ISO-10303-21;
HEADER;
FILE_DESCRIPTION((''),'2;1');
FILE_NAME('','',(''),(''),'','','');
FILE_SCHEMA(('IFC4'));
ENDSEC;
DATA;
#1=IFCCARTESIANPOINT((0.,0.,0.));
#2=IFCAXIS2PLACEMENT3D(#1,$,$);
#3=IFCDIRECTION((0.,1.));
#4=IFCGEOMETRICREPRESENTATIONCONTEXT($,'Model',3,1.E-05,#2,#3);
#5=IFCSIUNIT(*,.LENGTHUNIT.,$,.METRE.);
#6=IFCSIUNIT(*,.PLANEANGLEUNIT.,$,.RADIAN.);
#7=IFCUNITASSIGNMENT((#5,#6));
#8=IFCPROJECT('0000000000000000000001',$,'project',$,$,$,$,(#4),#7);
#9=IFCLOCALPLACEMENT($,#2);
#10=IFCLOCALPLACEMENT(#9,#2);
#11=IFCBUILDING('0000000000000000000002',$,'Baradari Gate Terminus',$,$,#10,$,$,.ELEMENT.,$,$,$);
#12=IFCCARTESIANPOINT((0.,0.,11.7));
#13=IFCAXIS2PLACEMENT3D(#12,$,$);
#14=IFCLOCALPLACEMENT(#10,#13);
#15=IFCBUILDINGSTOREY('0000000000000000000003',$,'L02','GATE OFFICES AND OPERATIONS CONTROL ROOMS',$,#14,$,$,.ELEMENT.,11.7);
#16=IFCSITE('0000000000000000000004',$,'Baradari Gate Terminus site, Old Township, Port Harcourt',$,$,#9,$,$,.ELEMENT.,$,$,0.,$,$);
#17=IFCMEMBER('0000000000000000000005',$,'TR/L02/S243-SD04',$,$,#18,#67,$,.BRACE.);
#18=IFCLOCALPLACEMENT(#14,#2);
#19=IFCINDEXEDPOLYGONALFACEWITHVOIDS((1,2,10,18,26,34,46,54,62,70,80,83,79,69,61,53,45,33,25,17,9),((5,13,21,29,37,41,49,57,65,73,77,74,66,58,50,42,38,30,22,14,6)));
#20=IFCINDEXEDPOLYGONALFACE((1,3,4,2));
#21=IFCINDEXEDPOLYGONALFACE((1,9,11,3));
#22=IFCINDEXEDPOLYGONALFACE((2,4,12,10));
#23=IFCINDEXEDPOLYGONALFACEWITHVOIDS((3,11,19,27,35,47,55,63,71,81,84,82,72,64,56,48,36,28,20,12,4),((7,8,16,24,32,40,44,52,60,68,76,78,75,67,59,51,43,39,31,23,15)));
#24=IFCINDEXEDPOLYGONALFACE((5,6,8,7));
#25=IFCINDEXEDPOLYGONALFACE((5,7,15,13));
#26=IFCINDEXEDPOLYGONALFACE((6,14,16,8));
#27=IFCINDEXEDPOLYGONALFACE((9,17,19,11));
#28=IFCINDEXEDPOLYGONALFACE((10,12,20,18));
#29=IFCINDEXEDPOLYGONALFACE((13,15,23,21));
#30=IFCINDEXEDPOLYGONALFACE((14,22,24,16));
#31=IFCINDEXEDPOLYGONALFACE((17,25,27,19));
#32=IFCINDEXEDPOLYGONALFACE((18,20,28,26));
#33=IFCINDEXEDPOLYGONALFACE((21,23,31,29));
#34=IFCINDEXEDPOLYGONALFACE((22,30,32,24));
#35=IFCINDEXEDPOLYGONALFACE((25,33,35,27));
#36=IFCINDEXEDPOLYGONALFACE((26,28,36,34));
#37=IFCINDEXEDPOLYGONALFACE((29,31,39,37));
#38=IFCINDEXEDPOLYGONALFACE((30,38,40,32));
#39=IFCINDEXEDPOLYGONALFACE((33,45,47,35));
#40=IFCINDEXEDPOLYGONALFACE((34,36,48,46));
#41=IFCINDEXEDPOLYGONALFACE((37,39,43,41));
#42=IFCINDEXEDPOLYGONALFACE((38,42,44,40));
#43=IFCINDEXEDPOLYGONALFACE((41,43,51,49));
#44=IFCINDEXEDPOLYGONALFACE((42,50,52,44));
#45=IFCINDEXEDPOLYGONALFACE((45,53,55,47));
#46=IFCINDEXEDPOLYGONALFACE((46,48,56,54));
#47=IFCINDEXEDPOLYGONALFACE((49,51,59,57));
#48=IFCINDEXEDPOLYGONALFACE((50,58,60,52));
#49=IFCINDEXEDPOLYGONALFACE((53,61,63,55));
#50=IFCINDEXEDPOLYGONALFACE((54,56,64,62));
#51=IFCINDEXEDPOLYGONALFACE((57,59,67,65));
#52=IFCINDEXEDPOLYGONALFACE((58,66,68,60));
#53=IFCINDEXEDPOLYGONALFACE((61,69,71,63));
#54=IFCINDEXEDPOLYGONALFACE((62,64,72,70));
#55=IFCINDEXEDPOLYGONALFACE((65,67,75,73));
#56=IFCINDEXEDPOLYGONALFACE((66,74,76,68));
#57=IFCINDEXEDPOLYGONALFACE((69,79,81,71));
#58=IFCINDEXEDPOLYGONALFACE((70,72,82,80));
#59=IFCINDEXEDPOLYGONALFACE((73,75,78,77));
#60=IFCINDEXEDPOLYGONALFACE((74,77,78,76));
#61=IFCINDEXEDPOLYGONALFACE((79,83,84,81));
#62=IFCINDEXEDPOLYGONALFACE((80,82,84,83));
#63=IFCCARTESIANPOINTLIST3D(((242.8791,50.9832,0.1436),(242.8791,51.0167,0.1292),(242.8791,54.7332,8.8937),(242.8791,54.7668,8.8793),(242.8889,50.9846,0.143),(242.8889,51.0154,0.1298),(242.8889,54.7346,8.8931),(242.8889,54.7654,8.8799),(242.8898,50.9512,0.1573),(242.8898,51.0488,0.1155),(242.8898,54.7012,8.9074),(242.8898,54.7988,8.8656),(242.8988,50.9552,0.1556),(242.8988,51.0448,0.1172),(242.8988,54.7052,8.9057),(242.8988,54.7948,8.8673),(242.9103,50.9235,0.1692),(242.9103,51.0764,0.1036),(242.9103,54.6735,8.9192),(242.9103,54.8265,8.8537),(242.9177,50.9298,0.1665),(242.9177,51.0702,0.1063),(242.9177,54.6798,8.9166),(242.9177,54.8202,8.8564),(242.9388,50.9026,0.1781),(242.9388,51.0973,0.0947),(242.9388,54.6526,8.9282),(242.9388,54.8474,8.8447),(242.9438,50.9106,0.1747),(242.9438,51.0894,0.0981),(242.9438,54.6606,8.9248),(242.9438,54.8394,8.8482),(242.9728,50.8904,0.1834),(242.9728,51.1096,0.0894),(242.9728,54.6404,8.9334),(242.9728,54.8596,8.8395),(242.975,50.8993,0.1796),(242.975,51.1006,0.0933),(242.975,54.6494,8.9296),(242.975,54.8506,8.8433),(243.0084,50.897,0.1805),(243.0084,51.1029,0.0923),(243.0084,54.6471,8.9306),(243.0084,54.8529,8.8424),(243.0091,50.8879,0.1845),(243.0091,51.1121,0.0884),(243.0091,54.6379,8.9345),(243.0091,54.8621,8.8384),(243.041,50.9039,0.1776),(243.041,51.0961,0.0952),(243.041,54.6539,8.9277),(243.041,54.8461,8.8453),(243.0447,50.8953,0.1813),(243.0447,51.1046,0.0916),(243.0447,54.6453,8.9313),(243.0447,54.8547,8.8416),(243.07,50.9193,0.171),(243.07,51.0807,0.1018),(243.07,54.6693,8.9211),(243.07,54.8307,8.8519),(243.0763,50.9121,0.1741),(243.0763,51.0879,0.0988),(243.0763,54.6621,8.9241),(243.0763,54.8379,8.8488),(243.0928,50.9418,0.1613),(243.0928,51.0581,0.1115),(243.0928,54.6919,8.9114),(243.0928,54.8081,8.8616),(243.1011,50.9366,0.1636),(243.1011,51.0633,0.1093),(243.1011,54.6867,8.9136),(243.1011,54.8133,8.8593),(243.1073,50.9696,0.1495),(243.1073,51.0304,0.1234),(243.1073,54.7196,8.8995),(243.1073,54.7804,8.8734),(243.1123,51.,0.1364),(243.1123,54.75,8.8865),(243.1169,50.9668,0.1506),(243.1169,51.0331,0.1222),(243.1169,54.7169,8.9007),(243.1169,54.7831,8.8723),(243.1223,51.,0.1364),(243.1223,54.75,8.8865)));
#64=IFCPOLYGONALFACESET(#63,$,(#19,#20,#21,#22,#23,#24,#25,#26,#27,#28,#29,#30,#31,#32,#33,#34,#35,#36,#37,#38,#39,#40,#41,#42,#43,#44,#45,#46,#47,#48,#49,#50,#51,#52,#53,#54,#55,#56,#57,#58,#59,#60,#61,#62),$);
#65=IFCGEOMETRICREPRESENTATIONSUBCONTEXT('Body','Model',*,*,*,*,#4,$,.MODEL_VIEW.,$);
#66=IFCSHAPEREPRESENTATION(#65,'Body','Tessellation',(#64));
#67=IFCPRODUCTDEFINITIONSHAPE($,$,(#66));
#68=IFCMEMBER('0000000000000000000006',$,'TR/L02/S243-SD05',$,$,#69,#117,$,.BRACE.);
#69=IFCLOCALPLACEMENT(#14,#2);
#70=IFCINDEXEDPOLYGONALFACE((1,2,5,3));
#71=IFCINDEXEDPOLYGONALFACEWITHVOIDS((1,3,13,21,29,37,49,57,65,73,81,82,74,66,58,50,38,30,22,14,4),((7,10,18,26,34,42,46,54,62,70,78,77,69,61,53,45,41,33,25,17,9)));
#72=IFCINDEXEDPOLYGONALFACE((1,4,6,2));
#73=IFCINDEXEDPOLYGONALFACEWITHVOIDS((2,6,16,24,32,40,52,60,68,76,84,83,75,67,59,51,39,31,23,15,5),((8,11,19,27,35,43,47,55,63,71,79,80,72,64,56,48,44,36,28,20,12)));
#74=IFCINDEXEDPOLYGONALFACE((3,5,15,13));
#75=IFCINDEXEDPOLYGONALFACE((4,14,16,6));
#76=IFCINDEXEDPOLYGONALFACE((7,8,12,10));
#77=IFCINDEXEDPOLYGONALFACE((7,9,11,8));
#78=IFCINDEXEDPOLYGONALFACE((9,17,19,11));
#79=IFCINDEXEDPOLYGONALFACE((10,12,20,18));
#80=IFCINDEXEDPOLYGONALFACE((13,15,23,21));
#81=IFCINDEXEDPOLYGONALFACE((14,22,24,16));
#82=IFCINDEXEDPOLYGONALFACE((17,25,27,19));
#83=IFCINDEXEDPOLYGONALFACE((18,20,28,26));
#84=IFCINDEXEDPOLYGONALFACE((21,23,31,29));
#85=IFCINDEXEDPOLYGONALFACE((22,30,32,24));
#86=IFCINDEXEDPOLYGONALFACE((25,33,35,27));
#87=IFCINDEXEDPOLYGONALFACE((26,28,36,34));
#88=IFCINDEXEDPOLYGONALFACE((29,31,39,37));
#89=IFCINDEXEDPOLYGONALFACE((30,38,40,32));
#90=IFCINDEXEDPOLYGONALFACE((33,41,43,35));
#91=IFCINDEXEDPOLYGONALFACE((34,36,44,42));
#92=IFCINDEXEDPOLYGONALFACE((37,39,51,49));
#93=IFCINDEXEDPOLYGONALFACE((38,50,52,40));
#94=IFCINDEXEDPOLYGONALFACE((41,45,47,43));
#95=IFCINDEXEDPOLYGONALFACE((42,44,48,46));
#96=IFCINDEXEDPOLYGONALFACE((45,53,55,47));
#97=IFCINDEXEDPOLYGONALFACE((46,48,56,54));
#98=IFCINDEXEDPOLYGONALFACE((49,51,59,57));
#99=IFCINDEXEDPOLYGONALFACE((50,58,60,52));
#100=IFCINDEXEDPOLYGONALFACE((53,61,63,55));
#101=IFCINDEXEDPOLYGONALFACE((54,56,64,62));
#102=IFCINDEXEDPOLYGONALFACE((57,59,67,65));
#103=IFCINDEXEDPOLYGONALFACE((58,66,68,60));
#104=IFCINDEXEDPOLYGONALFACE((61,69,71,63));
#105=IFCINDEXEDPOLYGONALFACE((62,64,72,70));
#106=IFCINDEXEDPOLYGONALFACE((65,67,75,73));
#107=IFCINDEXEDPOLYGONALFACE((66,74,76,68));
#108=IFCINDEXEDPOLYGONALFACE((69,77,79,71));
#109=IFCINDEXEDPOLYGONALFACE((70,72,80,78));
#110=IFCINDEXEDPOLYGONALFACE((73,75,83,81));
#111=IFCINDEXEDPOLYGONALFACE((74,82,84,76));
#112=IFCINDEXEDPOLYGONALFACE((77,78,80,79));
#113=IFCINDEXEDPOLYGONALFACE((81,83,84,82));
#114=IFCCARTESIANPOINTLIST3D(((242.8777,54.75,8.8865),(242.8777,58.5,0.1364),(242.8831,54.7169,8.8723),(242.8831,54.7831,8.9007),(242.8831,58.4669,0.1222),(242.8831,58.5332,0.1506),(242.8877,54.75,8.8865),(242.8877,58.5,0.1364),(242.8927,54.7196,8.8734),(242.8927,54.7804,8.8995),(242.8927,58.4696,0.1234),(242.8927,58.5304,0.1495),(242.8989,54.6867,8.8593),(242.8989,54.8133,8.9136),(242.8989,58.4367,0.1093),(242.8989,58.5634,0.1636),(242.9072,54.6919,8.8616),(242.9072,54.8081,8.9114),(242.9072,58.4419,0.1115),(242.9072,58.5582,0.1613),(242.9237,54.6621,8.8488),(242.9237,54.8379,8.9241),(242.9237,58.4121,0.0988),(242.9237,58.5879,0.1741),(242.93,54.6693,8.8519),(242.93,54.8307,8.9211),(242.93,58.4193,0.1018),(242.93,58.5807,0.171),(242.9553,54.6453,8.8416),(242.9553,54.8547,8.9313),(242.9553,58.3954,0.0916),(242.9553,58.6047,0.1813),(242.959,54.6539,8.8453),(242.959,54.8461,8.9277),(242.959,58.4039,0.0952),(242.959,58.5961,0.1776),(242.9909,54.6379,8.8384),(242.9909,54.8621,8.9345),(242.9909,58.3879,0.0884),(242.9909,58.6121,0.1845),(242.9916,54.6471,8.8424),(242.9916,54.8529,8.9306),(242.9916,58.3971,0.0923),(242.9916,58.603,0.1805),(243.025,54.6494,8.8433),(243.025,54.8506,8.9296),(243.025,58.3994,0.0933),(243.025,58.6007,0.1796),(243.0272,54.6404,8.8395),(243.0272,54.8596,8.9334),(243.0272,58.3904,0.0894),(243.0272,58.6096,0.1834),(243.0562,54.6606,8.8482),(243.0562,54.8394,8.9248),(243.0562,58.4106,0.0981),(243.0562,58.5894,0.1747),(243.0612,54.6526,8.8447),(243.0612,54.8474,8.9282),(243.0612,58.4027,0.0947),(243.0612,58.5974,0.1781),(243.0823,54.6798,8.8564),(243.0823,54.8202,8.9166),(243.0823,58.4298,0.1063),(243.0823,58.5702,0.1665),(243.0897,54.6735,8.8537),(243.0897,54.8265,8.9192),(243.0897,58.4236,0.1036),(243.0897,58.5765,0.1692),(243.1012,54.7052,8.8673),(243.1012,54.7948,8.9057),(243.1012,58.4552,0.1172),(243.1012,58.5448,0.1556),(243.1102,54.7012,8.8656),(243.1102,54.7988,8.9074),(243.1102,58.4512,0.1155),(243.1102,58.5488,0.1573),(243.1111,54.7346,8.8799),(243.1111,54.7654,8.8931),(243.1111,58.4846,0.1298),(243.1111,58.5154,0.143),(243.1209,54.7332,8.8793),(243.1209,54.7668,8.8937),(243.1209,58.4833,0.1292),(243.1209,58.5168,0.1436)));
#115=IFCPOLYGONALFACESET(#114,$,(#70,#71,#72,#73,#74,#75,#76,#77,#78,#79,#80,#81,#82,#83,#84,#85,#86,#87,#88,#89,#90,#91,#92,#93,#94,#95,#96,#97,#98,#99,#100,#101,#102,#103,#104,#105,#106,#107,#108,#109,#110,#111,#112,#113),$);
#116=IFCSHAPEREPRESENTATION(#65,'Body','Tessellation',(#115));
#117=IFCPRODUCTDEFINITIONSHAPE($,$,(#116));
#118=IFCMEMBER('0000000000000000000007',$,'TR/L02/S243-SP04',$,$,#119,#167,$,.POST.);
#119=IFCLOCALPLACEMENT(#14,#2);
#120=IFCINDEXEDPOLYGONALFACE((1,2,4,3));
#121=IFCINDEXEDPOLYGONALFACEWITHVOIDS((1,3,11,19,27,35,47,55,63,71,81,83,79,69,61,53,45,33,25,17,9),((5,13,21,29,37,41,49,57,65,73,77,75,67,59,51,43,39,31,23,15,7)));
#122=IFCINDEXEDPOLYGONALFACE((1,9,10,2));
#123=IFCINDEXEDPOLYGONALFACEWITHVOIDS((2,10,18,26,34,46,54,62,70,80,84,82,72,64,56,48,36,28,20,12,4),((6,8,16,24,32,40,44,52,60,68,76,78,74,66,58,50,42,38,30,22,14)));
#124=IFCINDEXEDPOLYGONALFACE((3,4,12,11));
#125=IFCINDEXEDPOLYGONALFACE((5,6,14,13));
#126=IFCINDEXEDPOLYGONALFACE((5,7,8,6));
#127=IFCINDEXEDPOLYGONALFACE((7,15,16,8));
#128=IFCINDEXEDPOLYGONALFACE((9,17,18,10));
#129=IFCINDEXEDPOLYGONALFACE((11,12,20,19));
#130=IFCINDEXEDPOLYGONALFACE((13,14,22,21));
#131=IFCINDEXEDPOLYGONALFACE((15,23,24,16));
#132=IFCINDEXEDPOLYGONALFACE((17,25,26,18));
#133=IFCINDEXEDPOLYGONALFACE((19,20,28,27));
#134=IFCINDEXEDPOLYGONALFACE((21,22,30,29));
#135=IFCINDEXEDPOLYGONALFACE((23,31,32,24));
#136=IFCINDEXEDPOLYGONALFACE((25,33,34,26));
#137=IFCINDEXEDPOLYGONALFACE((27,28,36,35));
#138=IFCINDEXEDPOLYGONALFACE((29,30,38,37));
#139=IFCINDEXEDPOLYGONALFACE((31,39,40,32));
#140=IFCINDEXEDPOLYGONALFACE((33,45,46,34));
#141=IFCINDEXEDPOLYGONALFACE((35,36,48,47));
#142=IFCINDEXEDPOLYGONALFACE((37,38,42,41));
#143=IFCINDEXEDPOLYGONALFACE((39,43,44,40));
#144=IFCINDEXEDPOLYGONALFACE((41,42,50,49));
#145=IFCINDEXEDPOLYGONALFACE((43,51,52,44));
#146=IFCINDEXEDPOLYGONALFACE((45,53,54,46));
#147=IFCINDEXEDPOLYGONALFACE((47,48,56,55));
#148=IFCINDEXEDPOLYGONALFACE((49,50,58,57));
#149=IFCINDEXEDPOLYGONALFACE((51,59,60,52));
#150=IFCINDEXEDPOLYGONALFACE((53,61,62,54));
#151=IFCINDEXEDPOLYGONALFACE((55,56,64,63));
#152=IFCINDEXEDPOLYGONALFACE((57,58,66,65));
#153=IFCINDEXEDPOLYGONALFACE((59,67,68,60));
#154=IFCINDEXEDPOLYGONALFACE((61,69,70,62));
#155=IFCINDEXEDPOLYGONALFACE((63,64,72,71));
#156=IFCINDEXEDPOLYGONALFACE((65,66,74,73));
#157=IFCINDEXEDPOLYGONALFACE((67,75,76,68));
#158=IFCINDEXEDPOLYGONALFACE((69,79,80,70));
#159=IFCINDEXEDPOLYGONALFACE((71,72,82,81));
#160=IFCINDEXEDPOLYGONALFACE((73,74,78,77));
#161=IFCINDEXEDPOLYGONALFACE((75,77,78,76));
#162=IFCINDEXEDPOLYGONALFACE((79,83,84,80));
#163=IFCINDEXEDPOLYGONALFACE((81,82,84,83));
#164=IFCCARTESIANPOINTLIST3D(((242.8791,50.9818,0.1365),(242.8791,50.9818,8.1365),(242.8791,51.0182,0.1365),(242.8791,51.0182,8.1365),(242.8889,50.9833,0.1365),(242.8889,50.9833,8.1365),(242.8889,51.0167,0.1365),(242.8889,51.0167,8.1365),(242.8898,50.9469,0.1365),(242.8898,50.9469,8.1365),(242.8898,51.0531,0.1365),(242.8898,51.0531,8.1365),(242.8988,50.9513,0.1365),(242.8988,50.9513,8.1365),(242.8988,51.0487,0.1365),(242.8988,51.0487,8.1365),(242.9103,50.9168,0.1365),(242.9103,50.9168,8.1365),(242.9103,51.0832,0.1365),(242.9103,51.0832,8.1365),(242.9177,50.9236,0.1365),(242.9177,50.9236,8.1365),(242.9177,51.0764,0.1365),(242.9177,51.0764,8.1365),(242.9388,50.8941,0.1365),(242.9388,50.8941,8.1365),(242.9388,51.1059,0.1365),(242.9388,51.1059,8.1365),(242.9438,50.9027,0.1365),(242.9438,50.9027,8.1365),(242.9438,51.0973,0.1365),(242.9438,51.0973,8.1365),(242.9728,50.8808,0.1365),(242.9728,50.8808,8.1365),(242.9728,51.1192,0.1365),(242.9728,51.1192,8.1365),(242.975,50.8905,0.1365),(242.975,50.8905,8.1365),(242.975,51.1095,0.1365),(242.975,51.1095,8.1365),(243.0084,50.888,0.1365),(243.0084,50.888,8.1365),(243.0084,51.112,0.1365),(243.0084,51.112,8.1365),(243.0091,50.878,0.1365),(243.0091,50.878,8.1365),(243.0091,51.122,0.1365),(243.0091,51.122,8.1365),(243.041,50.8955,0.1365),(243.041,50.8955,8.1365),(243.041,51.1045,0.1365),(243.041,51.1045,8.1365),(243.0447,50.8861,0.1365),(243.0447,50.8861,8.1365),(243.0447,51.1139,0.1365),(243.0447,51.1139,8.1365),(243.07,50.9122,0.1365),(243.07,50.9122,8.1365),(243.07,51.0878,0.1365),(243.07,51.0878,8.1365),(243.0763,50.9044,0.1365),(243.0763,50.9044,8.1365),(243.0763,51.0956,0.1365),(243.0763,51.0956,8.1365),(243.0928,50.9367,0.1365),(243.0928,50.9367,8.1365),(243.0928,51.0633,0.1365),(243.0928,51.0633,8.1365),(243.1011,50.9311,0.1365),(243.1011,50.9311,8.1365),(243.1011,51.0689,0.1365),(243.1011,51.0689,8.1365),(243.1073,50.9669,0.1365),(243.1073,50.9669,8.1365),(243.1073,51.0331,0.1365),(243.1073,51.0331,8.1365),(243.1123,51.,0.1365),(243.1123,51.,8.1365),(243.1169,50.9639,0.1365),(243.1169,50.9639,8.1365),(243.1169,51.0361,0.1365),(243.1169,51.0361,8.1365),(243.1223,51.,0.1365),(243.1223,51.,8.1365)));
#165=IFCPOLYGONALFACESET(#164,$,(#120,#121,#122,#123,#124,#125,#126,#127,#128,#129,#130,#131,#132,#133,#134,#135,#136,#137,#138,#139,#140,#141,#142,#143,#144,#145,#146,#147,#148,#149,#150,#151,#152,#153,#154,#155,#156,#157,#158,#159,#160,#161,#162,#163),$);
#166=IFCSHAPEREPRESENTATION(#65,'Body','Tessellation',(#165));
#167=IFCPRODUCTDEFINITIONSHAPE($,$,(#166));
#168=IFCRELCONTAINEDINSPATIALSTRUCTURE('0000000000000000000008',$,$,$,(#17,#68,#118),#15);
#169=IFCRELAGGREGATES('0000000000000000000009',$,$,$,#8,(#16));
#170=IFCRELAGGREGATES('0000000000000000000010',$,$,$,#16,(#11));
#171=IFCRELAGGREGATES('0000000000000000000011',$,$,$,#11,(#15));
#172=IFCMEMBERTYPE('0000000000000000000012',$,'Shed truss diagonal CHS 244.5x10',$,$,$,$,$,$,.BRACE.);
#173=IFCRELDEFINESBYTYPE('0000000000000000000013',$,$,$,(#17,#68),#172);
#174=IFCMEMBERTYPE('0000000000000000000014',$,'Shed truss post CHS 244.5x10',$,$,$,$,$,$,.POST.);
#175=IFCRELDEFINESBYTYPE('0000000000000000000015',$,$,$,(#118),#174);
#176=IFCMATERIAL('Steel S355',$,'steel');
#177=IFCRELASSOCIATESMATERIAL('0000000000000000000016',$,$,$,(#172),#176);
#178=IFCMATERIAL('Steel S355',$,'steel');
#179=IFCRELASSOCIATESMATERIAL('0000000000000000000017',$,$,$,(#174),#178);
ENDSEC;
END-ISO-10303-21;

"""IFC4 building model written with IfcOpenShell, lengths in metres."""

from ifc_helpers import new_model, si_unit, direction, frame, origin, origin_2d, place, context, subcontext, project, spatial, hollow_circle, extrude, material, material_profile, profile_set, type_object, element, save


model = new_model("IFC4")

# Units and contexts
model_context = context("Model", 3, precision=1e-05, world=origin(), true_north=direction((0.0, 1.0)))
body_context = subcontext(model_context, "Body", "Model", "MODEL_VIEW")
ifc_project = project(units=[si_unit("LENGTHUNIT", "METRE"), si_unit("PLANEANGLEUNIT", "RADIAN")], contexts=[model_context])

# Site, building, storey
site_placement = place(None, origin())
site = spatial("IfcSite", under=ifc_project, at=site_placement, Name="Baradari Gate Terminus site, Old Township, Port Harcourt", CompositionType="ELEMENT", RefElevation=0.0)
building_placement = place(site_placement, origin())
building = spatial("IfcBuilding", under=site, at=building_placement, Name="Baradari Gate Terminus", CompositionType="ELEMENT")
storey_placement = place(building_placement, frame((0.0, 0.0, 11.7)))
storey = spatial("IfcBuildingStorey", under=building, at=storey_placement, Name="L02", Description="GATE OFFICES AND OPERATIONS CONTROL ROOMS", CompositionType="ELEMENT", Elevation=11.7)

# Members
ifc_material_1 = material(Name="Steel S355", Category="steel")
ifc_material_profile_1 = material_profile(ifc_material_1, hollow_circle(Radius=0.1223, WallThickness=0.01, at=origin_2d()), Name="CHS 244.5x10")
ifc_profile_set_1 = profile_set([ifc_material_profile_1], Name="Steel S355")
member_type_1 = type_object("IfcMemberType", Name="Shed truss diagonal CHS 244.5x10", PredefinedType="BRACE", material=ifc_profile_set_1)
for number, where, z_axis, x_axis, name in (
    (1, (243.0, 54.75, 8.8865), (0.0, -0.393919, -0.919145), (1.0, 0.0, 0.0), "TR/L02/S243-SD04"),
    (2, (243.0, 54.75, 8.8865), (0.0, 0.393919, -0.919145), (-1.0, 0.0, 0.0), "TR/L02/S243-SD05"),
):
    element("IfcMember", number, at=place(storey_placement, frame(where, z_axis=z_axis, x_axis=x_axis)), inside=storey, type_object=member_type_1, Name=name, PredefinedType="BRACE", context=body_context, shape_type="SweptSolid", body=[
        extrude(hollow_circle(Radius=0.1223, WallThickness=0.01, at=origin_2d()), origin(), (0.0, 0.0, 1.0), 9.5198),
    ])
ifc_material_2 = material(Name="Steel S355", Category="steel")
ifc_material_profile_2 = material_profile(ifc_material_2, hollow_circle(Radius=0.1223, WallThickness=0.01, at=origin_2d()), Name="CHS 244.5x10")
ifc_profile_set_2 = profile_set([ifc_material_profile_2], Name="Steel S355")
member_type_2 = type_object("IfcMemberType", Name="Shed truss post CHS 244.5x10", PredefinedType="POST", material=ifc_profile_set_2)
member_1_placement = place(storey_placement, frame((243.0, 51.0, 0.1365), z_axis=(0.0, 0.0, 1.0), x_axis=(1.0, 0.0, 0.0)))
element("IfcMember", 3, at=member_1_placement, inside=storey, type_object=member_type_2, Name="TR/L02/S243-SP04", PredefinedType="POST", context=body_context, shape_type="SweptSolid", body=[
    extrude(hollow_circle(Radius=0.1223, WallThickness=0.01, at=origin_2d()), origin(), (0.0, 0.0, 1.0), 8.0),
])

save(model, "model.ifc")
